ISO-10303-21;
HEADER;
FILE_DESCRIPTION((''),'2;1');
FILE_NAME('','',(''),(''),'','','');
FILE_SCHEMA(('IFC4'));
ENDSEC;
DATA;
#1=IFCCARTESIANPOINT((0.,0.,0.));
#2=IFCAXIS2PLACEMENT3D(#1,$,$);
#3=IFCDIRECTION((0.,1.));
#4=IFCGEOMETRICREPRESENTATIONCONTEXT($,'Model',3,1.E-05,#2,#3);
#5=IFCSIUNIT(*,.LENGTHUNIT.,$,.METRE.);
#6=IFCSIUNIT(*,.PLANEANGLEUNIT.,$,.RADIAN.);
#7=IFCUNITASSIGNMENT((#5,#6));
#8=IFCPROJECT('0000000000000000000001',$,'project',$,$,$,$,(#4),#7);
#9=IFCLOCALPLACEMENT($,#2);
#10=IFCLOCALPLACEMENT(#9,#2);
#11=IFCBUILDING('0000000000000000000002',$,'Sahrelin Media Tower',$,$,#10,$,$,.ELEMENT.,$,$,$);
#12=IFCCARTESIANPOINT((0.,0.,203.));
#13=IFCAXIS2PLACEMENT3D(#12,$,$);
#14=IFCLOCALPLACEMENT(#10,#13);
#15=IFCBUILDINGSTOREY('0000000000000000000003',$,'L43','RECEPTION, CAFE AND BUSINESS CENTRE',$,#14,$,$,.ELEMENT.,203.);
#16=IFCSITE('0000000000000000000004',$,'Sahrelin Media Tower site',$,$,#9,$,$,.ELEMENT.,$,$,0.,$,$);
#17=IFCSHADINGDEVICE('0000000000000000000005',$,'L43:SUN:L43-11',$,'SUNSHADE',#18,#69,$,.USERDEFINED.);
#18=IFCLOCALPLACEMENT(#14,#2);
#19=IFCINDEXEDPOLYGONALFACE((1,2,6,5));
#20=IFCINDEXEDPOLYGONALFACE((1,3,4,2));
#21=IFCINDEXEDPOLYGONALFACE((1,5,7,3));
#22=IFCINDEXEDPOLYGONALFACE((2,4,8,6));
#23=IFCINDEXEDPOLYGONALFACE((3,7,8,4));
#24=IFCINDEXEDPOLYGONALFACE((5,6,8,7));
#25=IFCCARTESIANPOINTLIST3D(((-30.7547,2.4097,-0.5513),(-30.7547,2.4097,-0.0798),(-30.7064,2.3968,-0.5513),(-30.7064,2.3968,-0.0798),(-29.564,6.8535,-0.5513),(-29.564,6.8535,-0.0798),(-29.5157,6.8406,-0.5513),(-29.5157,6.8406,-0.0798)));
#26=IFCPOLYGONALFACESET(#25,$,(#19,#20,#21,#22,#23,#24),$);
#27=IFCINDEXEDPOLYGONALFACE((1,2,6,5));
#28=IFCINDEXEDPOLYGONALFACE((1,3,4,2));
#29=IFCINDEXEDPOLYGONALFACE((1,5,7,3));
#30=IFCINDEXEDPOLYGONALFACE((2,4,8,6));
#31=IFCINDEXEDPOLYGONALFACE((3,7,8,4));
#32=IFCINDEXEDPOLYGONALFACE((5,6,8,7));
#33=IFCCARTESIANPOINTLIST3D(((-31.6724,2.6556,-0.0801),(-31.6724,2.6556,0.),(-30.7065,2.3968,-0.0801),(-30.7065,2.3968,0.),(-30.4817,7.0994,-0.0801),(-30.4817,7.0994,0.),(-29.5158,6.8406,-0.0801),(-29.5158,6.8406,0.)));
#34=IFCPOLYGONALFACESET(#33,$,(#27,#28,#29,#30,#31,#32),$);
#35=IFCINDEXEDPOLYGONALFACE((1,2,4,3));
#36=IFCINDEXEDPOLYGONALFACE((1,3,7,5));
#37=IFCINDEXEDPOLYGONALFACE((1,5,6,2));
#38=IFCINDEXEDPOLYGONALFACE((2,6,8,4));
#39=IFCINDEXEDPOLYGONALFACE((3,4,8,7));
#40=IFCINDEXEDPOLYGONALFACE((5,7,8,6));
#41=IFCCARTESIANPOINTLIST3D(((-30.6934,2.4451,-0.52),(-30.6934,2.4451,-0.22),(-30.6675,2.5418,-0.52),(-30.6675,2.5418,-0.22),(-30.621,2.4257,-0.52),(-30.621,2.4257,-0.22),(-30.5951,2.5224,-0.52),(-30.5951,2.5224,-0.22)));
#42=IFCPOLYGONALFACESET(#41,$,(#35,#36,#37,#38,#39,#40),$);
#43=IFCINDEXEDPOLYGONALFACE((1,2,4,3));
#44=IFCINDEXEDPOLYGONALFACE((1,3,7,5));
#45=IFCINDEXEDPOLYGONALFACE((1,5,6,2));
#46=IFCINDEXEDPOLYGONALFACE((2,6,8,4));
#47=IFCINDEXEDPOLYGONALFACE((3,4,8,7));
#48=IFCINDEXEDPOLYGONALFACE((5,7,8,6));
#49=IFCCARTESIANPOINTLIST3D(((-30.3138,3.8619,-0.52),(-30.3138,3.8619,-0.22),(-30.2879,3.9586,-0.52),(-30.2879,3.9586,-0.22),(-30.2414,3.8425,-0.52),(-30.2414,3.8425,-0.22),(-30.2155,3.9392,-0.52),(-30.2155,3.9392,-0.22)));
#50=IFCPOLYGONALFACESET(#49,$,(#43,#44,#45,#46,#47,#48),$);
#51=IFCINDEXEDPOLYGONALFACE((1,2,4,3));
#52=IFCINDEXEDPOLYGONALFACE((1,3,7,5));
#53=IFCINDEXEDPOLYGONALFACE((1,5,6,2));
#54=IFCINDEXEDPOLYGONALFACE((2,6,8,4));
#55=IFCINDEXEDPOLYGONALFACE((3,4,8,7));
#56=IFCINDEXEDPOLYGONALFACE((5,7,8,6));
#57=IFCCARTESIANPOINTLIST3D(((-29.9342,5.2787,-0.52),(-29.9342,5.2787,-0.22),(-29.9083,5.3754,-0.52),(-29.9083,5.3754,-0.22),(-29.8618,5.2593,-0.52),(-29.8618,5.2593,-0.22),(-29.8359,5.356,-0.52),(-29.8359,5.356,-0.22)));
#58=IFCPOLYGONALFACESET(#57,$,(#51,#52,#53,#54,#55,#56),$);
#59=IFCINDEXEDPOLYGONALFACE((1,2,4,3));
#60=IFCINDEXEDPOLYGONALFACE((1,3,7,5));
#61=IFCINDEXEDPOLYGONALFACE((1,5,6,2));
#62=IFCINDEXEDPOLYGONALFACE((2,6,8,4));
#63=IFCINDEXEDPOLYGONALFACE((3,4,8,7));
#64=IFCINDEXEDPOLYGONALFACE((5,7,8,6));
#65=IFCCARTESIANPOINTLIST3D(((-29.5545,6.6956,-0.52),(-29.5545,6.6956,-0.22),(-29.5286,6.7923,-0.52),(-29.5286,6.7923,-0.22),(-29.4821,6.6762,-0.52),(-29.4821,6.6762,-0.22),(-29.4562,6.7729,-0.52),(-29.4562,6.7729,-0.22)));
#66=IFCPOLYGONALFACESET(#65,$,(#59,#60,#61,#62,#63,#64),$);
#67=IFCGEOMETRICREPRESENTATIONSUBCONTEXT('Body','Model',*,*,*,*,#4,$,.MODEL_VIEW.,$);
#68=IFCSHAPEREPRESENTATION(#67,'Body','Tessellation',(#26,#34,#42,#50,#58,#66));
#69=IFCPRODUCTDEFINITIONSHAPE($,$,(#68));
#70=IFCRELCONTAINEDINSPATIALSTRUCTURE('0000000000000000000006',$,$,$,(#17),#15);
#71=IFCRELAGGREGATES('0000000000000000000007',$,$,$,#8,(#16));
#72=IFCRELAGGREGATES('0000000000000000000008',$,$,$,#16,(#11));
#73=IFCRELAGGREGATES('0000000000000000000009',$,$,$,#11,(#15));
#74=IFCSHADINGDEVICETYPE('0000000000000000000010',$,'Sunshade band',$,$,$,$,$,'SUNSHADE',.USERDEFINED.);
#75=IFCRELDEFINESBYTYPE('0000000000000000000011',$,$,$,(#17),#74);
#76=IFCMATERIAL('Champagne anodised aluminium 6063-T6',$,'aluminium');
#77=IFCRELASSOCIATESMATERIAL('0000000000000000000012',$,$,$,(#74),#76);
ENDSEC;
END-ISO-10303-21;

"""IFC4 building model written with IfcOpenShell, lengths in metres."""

from ifc_helpers import new_model, si_unit, direction, frame, origin, origin_2d, place, context, subcontext, project, spatial, rectangle, extrude, material, type_object, element, save


model = new_model("IFC4")

# Units and contexts
model_context = context("Model", 3, precision=1e-05, world=origin(), true_north=direction((0.0, 1.0)))
body_context = subcontext(model_context, "Body", "Model", "MODEL_VIEW")
ifc_project = project(units=[si_unit("LENGTHUNIT", "METRE"), si_unit("PLANEANGLEUNIT", "RADIAN")], contexts=[model_context])

# Site, building, storey
site_placement = place(None, origin())
site = spatial("IfcSite", under=ifc_project, at=site_placement, Name="Sahrelin Media Tower site", CompositionType="ELEMENT", RefElevation=0.0)
building_placement = place(site_placement, origin())
building = spatial("IfcBuilding", under=site, at=building_placement, Name="Sahrelin Media Tower", CompositionType="ELEMENT")
storey_placement = place(building_placement, frame((0.0, 0.0, 203.0)))
storey = spatial("IfcBuildingStorey", under=building, at=storey_placement, Name="L43", Description="RECEPTION, CAFE AND BUSINESS CENTRE", CompositionType="ELEMENT", Elevation=203.0)

# Shared definitions
ifc_material_1 = material(Name="Champagne anodised aluminium 6063-T6", Category="aluminium")

# Shading device
placement_1 = place(storey_placement, frame((-30.0918, 4.6135, 0.0), z_axis=(0.0, 0.0, 1.0), x_axis=(0.258808, 0.965929, 0.0)))
shading_device_type_1 = type_object("IfcShadingDeviceType", Name="Sunshade band", ElementType="SUNSHADE", PredefinedType="USERDEFINED", material=ifc_material_1)
element("IfcShadingDevice", 1, at=placement_1, inside=storey, type_object=shading_device_type_1, Name="L43:SUN:L43-11", ObjectType="SUNSHADE", PredefinedType="USERDEFINED", context=body_context, shape_type="SweptSolid", body=[
    extrude(rectangle(XDim=4.6006, YDim=0.05, at=origin_2d()), frame((0.0, 0.0449, -0.5513)), (0.0, 0.0, 1.0), 0.4714),
    extrude(rectangle(XDim=4.6006, YDim=1.0, at=origin_2d()), frame((0.0, 0.52, -0.0801)), (0.0, 0.0, 1.0), 0.0801),
    extrude(rectangle(XDim=0.1001, YDim=0.075, at=origin_2d()), frame((-2.2002, -0.0176, -0.52)), (0.0, 0.0, 1.0), 0.3),
    extrude(rectangle(XDim=0.1001, YDim=0.075, at=origin_2d()), frame((-0.7334, -0.0176, -0.52)), (0.0, 0.0, 1.0), 0.3),
    extrude(rectangle(XDim=0.1001, YDim=0.075, at=origin_2d()), frame((0.7334, -0.0176, -0.52)), (0.0, 0.0, 1.0), 0.3),
    extrude(rectangle(XDim=0.1001, YDim=0.075, at=origin_2d()), frame((2.2002, -0.0176, -0.52)), (0.0, 0.0, 1.0), 0.3),
])

save(model, "model.ifc")
